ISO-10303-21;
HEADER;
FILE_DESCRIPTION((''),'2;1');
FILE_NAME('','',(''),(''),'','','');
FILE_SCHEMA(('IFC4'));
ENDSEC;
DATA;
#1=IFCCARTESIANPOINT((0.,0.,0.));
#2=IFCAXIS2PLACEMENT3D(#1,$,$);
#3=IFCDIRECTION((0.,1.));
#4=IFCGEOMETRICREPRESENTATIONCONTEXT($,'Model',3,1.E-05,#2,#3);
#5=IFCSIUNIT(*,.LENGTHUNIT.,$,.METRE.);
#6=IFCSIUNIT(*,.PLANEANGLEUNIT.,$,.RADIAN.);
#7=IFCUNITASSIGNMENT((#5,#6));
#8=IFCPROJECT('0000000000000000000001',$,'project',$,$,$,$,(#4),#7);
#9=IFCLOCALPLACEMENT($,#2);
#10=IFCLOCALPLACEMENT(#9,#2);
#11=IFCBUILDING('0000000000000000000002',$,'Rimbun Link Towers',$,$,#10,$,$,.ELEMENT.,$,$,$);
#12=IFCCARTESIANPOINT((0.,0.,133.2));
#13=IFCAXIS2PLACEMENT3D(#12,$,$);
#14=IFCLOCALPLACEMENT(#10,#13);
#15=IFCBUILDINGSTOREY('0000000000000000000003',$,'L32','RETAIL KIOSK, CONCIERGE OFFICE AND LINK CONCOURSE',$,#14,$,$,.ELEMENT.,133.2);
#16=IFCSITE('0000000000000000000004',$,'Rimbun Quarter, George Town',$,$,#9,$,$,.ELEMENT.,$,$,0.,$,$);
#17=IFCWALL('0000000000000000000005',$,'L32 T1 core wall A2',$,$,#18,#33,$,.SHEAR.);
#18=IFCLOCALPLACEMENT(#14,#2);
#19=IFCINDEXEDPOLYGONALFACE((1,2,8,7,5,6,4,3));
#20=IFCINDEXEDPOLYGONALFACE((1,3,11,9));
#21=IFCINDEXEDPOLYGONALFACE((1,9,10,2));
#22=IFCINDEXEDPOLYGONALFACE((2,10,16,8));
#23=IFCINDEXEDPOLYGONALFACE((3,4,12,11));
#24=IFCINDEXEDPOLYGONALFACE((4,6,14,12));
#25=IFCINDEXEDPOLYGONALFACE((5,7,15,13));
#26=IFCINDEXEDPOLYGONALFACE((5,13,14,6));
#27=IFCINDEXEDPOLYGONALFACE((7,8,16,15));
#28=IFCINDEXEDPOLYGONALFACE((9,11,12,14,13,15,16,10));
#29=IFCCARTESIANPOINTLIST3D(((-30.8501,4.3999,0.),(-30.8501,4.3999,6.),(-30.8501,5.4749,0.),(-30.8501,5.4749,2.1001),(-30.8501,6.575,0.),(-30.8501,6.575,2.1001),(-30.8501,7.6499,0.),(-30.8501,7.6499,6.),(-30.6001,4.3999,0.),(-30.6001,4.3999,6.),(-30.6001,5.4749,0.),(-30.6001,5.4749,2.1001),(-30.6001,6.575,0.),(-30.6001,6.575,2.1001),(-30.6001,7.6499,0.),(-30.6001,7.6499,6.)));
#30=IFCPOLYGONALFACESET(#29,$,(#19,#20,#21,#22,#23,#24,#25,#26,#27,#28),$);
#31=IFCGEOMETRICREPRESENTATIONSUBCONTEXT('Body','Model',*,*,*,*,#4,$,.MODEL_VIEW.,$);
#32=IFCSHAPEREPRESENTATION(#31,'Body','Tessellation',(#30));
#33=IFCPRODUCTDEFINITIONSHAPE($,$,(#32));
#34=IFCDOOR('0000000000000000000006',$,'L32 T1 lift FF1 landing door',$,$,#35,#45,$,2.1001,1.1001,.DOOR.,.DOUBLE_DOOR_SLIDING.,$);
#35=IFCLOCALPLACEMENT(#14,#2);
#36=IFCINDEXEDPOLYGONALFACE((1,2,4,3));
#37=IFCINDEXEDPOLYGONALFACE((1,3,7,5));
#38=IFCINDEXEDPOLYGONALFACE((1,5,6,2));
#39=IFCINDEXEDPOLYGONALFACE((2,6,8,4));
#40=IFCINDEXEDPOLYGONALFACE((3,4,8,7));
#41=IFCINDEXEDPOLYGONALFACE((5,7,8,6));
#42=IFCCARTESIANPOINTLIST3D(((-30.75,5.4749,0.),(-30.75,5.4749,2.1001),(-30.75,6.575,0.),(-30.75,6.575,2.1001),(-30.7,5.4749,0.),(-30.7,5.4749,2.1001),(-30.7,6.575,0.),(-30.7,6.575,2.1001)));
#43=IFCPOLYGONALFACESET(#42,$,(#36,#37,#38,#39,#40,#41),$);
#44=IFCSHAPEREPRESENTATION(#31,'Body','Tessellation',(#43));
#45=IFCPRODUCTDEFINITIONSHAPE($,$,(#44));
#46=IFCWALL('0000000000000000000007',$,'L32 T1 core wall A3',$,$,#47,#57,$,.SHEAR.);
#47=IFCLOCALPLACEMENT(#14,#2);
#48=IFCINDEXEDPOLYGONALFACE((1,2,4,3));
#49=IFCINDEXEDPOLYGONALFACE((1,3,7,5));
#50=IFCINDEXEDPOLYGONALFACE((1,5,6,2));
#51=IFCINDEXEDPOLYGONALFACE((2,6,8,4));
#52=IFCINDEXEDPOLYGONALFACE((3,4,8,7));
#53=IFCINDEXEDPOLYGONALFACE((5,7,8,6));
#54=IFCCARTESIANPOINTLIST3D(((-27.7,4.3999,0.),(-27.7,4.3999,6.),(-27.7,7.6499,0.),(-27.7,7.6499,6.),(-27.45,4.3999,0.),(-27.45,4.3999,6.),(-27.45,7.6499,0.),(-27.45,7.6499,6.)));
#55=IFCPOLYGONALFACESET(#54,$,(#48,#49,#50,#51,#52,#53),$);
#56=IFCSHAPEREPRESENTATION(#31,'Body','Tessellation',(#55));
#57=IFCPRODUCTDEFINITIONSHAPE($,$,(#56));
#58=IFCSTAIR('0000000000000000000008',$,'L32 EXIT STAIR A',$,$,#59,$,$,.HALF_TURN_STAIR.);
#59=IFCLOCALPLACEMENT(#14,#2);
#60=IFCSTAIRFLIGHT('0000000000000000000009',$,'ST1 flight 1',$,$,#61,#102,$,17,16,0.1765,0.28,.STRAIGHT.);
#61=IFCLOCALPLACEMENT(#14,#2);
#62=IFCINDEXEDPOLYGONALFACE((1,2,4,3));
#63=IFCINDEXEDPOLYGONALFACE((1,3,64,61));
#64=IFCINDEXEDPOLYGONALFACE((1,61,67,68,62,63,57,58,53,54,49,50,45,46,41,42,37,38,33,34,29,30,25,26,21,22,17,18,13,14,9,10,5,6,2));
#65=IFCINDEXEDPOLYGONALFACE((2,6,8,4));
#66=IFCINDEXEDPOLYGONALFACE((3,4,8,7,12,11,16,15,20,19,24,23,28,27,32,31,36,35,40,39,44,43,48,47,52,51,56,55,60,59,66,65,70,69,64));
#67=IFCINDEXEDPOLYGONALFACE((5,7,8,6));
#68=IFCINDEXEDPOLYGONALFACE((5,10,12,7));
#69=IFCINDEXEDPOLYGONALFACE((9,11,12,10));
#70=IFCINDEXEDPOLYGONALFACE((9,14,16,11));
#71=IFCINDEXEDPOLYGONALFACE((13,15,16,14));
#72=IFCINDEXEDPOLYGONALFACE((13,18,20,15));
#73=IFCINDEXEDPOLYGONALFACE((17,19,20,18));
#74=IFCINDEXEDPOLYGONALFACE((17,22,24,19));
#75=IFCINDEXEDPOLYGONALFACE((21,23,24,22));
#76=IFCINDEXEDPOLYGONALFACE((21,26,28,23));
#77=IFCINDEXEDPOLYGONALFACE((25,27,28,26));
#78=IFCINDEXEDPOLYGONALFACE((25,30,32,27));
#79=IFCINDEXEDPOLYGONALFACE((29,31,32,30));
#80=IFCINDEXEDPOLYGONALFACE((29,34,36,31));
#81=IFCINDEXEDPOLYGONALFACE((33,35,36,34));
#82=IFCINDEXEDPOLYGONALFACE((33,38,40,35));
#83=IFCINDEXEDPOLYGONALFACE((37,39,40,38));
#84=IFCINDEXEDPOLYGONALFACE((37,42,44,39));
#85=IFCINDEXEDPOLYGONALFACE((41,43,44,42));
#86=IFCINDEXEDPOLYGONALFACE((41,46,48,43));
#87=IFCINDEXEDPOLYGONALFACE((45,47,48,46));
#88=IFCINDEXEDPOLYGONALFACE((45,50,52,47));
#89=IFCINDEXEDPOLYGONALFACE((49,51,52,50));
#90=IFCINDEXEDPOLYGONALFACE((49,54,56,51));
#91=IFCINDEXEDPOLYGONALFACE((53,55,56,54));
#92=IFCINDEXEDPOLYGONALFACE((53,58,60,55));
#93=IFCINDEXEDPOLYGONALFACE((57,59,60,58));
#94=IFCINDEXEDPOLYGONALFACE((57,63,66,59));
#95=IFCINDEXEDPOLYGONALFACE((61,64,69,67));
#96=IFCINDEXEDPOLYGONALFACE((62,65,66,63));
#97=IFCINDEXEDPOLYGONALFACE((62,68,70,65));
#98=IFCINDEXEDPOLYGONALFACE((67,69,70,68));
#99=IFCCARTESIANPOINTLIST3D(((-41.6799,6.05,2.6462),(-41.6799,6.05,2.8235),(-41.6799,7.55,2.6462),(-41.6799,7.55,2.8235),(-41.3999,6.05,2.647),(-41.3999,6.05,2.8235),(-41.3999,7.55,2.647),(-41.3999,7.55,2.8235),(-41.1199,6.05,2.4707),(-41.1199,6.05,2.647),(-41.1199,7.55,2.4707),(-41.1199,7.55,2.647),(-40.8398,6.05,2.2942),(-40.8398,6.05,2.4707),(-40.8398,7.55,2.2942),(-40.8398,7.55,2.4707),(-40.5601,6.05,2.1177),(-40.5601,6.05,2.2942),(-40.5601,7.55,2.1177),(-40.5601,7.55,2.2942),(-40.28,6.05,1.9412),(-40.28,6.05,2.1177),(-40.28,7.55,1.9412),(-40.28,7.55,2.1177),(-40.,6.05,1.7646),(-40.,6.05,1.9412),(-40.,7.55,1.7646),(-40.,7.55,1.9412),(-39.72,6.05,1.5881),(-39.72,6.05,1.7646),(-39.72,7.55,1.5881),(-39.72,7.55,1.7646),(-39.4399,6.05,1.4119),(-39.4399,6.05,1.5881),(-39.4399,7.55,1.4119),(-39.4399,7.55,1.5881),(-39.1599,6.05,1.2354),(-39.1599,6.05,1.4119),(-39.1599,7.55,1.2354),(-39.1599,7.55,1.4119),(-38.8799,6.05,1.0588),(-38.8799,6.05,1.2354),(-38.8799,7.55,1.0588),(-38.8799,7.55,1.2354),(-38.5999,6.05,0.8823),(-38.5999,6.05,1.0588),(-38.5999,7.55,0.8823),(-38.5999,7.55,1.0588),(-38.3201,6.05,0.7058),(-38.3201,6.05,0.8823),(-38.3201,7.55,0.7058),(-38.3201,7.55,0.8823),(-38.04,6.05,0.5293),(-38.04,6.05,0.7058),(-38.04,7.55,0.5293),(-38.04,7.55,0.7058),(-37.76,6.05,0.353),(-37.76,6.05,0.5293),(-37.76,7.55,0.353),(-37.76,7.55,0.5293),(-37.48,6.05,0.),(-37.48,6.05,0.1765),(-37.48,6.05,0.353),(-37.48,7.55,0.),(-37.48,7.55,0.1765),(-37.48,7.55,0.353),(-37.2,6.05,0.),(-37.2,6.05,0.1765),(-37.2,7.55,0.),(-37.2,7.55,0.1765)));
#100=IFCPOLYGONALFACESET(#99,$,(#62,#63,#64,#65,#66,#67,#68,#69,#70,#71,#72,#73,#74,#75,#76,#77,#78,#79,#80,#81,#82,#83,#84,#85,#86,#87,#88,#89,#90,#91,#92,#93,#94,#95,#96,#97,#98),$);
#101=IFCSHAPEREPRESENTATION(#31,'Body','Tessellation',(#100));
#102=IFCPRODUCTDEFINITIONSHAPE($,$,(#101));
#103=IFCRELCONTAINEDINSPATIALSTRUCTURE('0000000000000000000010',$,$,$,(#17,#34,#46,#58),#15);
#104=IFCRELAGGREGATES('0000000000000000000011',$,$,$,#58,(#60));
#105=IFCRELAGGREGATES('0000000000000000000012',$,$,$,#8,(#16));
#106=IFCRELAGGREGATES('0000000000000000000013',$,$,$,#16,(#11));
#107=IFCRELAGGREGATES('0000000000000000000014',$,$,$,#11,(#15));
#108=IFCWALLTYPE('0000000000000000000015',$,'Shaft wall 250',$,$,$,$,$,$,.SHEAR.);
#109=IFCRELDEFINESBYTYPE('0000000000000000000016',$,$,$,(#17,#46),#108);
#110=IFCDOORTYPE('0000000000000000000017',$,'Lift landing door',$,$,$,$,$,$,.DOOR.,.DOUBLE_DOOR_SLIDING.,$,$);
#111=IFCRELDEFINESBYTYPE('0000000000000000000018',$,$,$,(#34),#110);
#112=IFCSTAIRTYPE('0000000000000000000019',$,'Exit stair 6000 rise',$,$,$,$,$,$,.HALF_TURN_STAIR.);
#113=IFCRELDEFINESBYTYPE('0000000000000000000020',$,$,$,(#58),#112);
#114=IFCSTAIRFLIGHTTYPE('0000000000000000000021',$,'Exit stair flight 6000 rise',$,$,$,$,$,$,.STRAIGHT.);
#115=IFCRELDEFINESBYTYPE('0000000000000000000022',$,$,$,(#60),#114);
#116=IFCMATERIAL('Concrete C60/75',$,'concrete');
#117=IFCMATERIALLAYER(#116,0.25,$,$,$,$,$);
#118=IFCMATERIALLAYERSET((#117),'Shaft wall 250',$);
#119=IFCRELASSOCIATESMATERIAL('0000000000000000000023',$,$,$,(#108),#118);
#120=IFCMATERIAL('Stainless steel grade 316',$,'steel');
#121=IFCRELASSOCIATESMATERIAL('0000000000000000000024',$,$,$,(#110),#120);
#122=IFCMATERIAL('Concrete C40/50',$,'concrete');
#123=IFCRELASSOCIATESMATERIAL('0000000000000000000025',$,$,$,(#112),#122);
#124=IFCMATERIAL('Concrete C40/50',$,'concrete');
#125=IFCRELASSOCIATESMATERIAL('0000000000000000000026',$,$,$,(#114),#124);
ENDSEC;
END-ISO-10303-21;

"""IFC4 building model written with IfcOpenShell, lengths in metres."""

from ifc_helpers import new_model, si_unit, direction, frame, frame_2d, origin, place, context, subcontext, project, spatial, polyline, rectangle, outline, extrude, material, layer, layer_set, type_object, element, fill, aggregate, save


model = new_model("IFC4")

# Units and contexts
model_context = context("Model", 3, precision=1e-05, world=origin(), true_north=direction((0.0, 1.0)))
body_context = subcontext(model_context, "Body", "Model", "MODEL_VIEW")
ifc_project = project(units=[si_unit("LENGTHUNIT", "METRE"), si_unit("PLANEANGLEUNIT", "RADIAN")], contexts=[model_context])

# Site, building, storey
site_placement = place(None, origin())
site = spatial("IfcSite", under=ifc_project, at=site_placement, Name="Rimbun Quarter, George Town", CompositionType="ELEMENT", RefElevation=0.0)
building_placement = place(site_placement, origin())
building = spatial("IfcBuilding", under=site, at=building_placement, Name="Rimbun Link Towers", CompositionType="ELEMENT")
storey_placement = place(building_placement, frame((0.0, 0.0, 133.2)))
storey = spatial("IfcBuildingStorey", under=building, at=storey_placement, Name="L32", Description="RETAIL KIOSK, CONCIERGE OFFICE AND LINK CONCOURSE", CompositionType="ELEMENT", Elevation=133.2)

# Shared definitions
ifc_material_1 = material(Name="Concrete C60/75", Category="concrete")
ifc_layer = layer(ifc_material_1, 0.25)
ifc_layer_set = layer_set([ifc_layer], Name="Shaft wall 250")
wall_type = type_object("IfcWallType", Name="Shaft wall 250", PredefinedType="SHEAR", material=ifc_layer_set)

# Wall, opening, door
wall_1_placement = place(storey_placement, frame((-30.7251, 4.3999, 0.0), z_axis=(0.0, 0.0, 1.0), x_axis=(0.0, 1.0, 0.0)))
wall_1 = element("IfcWall", 1, at=wall_1_placement, inside=storey, type_object=wall_type, Name="L32 T1 core wall A2", PredefinedType="SHEAR", context=body_context, shape_type="SweptSolid", body=[
    extrude(rectangle(XDim=3.25, YDim=0.25, at=frame_2d((1.625, 0.0))), origin(), (0.0, 0.0, 1.0), 6.0),
])
opening_1_placement = place(wall_1_placement, frame((1.075, 0.0, 0.0)))
opening_1 = element("IfcOpeningElement", 2, at=opening_1_placement, cuts=wall_1, PredefinedType="OPENING", context=body_context, shape_type="SweptSolid", body=[
    extrude(rectangle(XDim=1.1001, YDim=2.1001, at=frame_2d((0.55, 1.05))), frame((0.0, 0.135, 0.0), z_axis=(0.0, -1.0, 0.0), x_axis=(1.0, 0.0, 0.0)), (0.0, 0.0, 1.0), 0.27),
])
ifc_material_2 = material(Name="Stainless steel grade 316", Category="steel")
door_type_1 = type_object("IfcDoorType", Name="Lift landing door", OperationType="DOUBLE_DOOR_SLIDING", PredefinedType="DOOR", material=ifc_material_2)
door_1_placement = place(opening_1_placement, origin())
door_1 = element("IfcDoor", 3, at=door_1_placement, inside=storey, type_object=door_type_1, Name="L32 T1 lift FF1 landing door", OperationType="DOUBLE_DOOR_SLIDING", OverallHeight=2.1001, OverallWidth=1.1001, PredefinedType="DOOR", context=body_context, shape_type="SweptSolid", body=[
    extrude(rectangle(XDim=1.1001, YDim=2.1001, at=frame_2d((0.55, 1.05))), frame((0.0, 0.0249, 0.0), z_axis=(0.0, -1.0, 0.0), x_axis=(1.0, 0.0, 0.0)), (0.0, 0.0, 1.0), 0.05),
])
fill(opening_1, door_1)

# Wall
wall_2_placement = place(storey_placement, frame((-27.575, 4.3999, 0.0), z_axis=(0.0, 0.0, 1.0), x_axis=(0.0, 1.0, 0.0)))
element("IfcWall", 4, at=wall_2_placement, inside=storey, type_object=wall_type, Name="L32 T1 core wall A3", PredefinedType="SHEAR", context=body_context, shape_type="SweptSolid", body=[
    extrude(rectangle(XDim=3.25, YDim=0.25, at=frame_2d((1.625, 0.0))), origin(), (0.0, 0.0, 1.0), 6.0),
])

# Stair, stair flight
ifc_material_3 = material(Name="Concrete C40/50", Category="concrete")
stair_type = type_object("IfcStairType", Name="Exit stair 6000 rise", PredefinedType="HALF_TURN_STAIR", material=ifc_material_3)
stair_placement = place(storey_placement, origin())
stair = element("IfcStair", 5, at=stair_placement, inside=storey, type_object=stair_type, Name="L32 EXIT STAIR A", PredefinedType="HALF_TURN_STAIR")
ifc_material_4 = material(Name="Concrete C40/50", Category="concrete")
stair_flight_type = type_object("IfcStairFlightType", Name="Exit stair flight 6000 rise", PredefinedType="STRAIGHT", material=ifc_material_4)
stair_flight_placement = place(storey_placement, frame((-37.2, 6.8, 0.0), z_axis=(0.0, 0.0, 1.0), x_axis=(-1.0, 0.0, 0.0)))
stair_flight = element("IfcStairFlight", 6, at=stair_flight_placement, type_object=stair_flight_type, Name="ST1 flight 1", NumberOfRisers=17, NumberOfTreads=16, PredefinedType="STRAIGHT", RiserHeight=0.1765, TreadLength=0.28, context=body_context, shape_type="SweptSolid", body=[
    extrude(outline(polyline([(0.0, 0.0), (0.0, 0.1765), (0.28, 0.1765), (0.28, 0.353), (0.5601, 0.353), (0.5601, 0.5293), (0.8401, 0.5293), (0.8401, 0.7058), (1.1201, 0.7058), (1.1201, 0.8823), (1.3999, 0.8823), (1.3999, 1.0588), (1.6799, 1.0588), (1.6799, 1.2354), (1.96, 1.2354), (1.96, 1.4119), (2.24, 1.4119), (2.24, 1.5881), (2.52, 1.5881), (2.52, 1.7646), (2.8, 1.7646), (2.8, 1.9412), (3.0801, 1.9412), (3.0801, 2.1177), (3.3601, 2.1177), (3.3601, 2.2942), (3.6399, 2.2942), (3.6399, 2.4707), (3.9199, 2.4707), (3.9199, 2.647), (4.2, 2.647), (4.2, 2.8235), (4.48, 2.8235), (4.48, 3.0), (4.48, 2.6462), (0.28, 0.0), (0.0, 0.0)])), frame((0.0, 0.75, 0.0), z_axis=(0.0, -1.0, 0.0), x_axis=(1.0, 0.0, 0.0)), (0.0, 0.0, 1.0), 1.5),
])
aggregate(stair, [stair_flight])

save(model, "model.ifc")
